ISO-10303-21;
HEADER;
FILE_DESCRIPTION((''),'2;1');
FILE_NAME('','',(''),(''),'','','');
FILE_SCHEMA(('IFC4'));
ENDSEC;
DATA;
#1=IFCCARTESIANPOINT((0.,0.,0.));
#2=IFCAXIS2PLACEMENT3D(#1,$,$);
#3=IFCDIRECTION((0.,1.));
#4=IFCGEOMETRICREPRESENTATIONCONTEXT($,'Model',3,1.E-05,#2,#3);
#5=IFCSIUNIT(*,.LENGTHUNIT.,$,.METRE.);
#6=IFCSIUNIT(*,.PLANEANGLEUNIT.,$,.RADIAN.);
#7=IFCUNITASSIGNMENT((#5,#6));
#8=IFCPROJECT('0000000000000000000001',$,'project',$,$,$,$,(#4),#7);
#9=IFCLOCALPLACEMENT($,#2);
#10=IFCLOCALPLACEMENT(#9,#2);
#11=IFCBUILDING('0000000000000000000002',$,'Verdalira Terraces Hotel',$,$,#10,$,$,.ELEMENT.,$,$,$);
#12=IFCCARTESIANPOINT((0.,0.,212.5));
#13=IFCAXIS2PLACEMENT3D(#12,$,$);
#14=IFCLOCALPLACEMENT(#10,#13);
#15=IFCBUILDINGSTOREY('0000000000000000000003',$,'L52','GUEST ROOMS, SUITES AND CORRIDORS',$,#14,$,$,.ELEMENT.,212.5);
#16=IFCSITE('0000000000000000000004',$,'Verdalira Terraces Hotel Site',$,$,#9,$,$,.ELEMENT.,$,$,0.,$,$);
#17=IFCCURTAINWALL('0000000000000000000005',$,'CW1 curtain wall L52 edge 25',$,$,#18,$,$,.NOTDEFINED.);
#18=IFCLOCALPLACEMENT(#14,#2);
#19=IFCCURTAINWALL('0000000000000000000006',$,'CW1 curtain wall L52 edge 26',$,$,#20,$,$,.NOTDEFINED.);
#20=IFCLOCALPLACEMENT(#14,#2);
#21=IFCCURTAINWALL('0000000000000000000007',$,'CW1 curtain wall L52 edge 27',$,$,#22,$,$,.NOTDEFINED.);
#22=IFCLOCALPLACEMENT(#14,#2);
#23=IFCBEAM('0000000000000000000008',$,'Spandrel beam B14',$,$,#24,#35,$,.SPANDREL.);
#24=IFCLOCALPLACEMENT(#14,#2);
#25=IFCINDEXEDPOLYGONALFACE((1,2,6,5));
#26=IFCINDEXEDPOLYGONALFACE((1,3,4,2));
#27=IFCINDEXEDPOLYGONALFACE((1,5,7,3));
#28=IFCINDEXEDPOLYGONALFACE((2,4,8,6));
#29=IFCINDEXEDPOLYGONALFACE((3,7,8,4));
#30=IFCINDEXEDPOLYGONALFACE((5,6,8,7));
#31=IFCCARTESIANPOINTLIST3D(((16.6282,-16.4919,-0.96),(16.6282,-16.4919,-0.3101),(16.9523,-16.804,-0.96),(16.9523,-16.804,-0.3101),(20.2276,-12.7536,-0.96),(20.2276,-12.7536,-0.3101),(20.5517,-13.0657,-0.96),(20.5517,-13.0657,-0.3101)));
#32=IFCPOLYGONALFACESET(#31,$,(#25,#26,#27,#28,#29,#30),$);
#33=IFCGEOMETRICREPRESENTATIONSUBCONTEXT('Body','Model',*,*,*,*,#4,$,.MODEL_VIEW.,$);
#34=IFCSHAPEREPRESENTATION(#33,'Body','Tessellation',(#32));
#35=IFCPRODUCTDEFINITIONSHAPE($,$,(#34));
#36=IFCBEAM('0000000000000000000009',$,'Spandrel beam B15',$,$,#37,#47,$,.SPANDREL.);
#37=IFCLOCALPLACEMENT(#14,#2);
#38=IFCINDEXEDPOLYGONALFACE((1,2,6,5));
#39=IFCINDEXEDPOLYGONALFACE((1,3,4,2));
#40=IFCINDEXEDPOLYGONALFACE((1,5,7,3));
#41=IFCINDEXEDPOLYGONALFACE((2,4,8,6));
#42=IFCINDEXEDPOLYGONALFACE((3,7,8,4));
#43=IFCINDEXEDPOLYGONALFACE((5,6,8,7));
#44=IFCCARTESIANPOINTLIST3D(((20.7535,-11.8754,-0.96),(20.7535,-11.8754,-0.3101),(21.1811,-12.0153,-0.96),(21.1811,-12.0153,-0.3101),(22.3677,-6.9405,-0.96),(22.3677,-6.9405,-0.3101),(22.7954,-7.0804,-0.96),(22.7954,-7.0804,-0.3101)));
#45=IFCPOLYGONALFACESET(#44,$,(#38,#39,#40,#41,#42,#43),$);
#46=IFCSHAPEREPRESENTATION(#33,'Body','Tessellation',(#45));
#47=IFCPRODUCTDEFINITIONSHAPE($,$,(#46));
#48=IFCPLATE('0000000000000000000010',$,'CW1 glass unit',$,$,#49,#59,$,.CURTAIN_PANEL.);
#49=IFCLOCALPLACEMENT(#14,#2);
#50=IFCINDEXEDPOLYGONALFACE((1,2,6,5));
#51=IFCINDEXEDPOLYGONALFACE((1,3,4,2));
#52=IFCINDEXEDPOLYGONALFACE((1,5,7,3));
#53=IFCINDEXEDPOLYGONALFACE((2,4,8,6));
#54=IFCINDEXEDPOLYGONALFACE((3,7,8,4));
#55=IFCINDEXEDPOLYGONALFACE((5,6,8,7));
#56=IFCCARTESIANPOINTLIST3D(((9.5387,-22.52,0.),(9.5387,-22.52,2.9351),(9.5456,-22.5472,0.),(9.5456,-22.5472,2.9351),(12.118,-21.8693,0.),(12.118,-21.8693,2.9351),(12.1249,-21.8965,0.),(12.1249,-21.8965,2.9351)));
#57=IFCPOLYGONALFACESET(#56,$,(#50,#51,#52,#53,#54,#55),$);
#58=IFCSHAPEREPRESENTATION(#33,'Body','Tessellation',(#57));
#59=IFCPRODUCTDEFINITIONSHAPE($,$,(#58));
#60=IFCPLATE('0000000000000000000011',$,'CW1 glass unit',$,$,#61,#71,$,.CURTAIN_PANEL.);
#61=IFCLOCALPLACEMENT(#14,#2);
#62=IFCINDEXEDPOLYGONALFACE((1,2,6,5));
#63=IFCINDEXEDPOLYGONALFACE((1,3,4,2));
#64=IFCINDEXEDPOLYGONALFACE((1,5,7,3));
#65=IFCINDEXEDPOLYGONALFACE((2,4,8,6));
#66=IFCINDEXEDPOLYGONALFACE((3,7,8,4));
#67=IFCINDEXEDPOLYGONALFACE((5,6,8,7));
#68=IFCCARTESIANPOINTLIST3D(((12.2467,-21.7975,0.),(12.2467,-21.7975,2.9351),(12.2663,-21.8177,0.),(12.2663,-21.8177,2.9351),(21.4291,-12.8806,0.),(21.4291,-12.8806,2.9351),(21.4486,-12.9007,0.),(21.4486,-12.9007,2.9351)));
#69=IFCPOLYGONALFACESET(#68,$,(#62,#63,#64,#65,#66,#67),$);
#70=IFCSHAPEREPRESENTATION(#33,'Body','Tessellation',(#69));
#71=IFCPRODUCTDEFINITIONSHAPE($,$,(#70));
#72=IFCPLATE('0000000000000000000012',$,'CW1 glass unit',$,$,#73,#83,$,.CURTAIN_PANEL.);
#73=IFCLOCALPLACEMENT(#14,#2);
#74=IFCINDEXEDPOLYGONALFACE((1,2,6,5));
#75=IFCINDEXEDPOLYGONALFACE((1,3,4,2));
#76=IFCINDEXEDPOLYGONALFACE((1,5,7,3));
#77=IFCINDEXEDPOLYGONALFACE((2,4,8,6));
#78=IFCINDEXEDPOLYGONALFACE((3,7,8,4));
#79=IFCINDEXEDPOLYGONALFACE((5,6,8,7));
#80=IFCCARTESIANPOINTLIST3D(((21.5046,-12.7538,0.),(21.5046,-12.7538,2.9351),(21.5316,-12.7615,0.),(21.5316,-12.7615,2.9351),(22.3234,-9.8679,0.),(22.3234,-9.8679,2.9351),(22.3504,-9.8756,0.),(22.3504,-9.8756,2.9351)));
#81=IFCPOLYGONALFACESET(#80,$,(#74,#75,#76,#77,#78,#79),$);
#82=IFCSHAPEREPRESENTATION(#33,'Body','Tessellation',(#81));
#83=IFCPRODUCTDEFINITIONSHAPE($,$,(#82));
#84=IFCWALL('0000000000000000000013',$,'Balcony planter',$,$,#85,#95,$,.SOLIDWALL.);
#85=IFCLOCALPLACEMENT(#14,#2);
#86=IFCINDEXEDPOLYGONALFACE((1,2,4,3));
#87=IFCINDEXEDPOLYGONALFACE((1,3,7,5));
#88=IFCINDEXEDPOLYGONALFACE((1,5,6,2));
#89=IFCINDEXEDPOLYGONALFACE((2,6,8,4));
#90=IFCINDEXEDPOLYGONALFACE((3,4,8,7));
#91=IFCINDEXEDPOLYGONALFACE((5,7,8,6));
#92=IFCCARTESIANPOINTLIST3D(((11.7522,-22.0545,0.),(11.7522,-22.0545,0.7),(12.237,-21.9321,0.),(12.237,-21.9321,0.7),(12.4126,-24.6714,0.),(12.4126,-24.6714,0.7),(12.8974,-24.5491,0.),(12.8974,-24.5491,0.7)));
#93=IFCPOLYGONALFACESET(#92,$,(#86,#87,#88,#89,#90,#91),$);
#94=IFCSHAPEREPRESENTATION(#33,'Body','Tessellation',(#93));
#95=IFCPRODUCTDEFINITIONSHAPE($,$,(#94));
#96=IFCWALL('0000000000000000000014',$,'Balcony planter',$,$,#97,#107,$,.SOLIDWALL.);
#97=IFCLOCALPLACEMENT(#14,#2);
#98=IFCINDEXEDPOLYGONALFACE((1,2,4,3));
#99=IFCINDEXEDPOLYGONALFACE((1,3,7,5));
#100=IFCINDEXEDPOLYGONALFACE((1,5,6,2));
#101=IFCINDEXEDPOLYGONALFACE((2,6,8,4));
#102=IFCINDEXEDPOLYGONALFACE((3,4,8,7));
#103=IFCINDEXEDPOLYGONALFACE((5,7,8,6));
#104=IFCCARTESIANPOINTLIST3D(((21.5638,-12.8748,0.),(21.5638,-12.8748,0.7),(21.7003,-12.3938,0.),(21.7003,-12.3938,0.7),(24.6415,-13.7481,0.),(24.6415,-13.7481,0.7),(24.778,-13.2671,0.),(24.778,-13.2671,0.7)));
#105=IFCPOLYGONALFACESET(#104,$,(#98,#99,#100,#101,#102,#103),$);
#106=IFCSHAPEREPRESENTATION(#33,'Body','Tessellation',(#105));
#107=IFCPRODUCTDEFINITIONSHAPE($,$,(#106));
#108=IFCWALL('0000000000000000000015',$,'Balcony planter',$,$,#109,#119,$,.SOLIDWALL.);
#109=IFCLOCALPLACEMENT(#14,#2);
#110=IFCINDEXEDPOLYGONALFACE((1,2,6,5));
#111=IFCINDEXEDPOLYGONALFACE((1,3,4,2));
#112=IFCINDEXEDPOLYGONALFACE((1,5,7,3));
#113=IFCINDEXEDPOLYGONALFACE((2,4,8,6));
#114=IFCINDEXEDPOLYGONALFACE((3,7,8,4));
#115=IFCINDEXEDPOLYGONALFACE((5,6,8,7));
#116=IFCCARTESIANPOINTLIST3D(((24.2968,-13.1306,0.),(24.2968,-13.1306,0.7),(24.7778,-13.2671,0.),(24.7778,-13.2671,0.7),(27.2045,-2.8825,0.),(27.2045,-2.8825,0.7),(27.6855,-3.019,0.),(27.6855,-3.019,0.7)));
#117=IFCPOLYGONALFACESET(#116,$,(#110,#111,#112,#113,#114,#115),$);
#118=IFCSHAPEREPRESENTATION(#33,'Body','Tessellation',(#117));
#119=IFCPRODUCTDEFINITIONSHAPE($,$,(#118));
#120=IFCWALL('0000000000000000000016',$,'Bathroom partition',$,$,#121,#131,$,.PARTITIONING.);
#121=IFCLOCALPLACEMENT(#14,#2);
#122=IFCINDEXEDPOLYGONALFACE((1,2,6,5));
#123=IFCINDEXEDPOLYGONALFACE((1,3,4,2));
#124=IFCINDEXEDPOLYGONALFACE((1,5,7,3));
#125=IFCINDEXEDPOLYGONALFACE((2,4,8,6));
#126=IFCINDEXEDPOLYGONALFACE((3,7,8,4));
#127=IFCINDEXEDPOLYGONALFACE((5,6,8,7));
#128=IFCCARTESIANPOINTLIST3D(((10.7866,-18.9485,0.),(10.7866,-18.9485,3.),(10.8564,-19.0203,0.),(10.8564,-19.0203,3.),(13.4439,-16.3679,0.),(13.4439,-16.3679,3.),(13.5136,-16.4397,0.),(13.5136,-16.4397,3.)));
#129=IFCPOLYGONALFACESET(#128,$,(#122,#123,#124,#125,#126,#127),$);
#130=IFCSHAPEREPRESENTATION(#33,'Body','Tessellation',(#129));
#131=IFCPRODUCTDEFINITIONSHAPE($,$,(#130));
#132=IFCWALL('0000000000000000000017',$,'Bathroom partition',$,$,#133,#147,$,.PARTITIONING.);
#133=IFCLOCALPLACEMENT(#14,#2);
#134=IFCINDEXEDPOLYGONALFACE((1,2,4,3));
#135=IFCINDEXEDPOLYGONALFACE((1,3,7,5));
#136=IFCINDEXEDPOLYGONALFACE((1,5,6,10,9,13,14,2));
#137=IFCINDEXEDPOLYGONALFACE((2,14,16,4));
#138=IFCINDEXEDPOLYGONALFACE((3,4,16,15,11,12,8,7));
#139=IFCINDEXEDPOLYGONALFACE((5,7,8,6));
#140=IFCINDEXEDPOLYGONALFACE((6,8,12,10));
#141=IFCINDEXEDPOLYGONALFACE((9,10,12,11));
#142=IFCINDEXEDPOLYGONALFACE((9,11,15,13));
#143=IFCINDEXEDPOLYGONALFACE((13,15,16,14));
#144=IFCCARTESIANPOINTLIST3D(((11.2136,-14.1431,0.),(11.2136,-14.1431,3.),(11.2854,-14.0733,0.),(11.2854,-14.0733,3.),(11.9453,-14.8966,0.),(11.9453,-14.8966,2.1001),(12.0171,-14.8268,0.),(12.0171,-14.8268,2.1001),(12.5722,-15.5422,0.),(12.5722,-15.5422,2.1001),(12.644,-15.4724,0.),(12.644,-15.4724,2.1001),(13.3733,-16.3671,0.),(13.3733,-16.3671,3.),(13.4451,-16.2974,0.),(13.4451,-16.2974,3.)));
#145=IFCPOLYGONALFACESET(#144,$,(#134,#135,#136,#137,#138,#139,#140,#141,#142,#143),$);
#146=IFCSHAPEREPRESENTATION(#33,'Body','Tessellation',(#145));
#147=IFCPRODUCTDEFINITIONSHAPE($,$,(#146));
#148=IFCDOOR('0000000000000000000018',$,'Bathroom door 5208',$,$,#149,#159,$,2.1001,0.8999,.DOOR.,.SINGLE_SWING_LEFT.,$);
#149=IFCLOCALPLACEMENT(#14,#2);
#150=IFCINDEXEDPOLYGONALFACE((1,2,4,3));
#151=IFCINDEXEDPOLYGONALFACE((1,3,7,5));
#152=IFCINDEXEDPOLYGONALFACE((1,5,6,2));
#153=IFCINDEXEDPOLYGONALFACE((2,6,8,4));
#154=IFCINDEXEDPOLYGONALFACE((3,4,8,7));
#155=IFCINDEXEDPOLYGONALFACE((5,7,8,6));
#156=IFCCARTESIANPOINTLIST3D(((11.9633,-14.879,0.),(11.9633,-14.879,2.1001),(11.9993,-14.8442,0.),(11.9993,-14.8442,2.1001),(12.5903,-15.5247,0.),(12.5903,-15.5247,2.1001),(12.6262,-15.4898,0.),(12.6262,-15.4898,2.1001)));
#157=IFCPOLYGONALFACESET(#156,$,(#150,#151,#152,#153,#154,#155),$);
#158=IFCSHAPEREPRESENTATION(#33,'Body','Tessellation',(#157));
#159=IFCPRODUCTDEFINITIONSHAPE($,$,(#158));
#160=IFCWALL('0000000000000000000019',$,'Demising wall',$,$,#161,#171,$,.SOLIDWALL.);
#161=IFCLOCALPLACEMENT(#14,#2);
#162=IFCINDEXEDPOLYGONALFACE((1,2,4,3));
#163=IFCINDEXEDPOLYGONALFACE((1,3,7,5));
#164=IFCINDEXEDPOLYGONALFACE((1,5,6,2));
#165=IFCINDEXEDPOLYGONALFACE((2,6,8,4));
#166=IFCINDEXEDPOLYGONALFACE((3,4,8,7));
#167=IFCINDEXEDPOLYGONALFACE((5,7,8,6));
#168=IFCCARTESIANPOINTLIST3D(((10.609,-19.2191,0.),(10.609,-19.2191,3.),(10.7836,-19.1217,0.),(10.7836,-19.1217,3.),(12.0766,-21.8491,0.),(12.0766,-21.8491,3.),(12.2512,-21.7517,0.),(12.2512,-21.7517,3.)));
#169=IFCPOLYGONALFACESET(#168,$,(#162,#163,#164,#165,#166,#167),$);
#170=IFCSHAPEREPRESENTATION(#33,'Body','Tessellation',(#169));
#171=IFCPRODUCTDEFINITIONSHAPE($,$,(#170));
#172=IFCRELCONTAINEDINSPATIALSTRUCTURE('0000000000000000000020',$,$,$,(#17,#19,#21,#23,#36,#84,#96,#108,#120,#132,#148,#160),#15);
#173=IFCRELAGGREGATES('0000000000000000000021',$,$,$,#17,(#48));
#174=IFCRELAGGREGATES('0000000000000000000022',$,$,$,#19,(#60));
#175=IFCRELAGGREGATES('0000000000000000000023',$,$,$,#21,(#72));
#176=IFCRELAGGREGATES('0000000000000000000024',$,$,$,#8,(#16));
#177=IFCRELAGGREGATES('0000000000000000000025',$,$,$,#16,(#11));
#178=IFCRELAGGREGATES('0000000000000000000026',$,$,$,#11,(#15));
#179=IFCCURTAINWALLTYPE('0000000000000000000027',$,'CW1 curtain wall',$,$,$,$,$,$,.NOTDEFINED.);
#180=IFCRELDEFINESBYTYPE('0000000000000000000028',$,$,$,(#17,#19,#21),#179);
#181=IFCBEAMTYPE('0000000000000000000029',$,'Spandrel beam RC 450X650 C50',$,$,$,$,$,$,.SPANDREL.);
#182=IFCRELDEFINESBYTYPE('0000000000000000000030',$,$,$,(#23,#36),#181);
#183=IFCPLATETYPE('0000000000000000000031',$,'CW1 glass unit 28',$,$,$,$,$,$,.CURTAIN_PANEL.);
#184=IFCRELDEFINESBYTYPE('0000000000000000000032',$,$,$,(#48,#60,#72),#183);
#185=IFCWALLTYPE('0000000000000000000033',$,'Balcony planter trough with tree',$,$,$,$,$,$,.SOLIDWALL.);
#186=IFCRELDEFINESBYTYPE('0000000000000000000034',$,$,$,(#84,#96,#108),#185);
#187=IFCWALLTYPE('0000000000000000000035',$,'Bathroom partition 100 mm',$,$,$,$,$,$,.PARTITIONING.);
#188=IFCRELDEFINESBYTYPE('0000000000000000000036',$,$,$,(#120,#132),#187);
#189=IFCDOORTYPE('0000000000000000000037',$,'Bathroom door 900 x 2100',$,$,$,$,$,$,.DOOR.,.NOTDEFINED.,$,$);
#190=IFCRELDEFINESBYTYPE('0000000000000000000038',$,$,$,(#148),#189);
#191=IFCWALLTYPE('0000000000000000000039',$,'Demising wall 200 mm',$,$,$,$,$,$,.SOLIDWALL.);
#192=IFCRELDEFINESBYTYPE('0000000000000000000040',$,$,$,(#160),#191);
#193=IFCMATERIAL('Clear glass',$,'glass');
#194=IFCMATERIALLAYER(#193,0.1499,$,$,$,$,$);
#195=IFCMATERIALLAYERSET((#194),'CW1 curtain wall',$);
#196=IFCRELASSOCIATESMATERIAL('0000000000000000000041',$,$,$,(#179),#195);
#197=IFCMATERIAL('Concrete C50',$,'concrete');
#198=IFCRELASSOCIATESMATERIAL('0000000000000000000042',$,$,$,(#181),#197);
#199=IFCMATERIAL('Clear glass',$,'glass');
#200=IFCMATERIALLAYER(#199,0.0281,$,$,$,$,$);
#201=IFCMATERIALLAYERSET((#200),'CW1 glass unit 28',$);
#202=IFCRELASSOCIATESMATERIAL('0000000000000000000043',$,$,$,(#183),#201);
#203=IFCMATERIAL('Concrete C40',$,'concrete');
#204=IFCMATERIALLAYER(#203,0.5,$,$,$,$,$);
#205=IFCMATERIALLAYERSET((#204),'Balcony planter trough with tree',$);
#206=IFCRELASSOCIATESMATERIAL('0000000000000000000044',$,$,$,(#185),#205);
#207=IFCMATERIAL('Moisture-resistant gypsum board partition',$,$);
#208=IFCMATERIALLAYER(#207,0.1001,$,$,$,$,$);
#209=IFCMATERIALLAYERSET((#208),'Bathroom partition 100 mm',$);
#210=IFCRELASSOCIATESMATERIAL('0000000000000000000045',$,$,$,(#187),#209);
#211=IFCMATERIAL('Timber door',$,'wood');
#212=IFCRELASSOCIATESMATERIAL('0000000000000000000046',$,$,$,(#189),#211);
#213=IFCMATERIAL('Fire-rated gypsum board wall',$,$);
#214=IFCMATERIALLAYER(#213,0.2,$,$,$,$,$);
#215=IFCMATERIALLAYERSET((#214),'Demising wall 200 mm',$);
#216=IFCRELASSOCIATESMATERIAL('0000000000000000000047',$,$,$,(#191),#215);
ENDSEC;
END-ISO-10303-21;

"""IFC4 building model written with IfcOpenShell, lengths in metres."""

from ifc_helpers import new_model, si_unit, direction, frame, frame_2d, origin, origin_2d, place, context, subcontext, project, spatial, rectangle, extrude, material, layer, layer_set, material_profile, profile_set, type_object, element, fill, aggregate, save


model = new_model("IFC4")

# Units and contexts
model_context = context("Model", 3, precision=1e-05, world=origin(), true_north=direction((0.0, 1.0)))
body_context = subcontext(model_context, "Body", "Model", "MODEL_VIEW")
ifc_project = project(units=[si_unit("LENGTHUNIT", "METRE"), si_unit("PLANEANGLEUNIT", "RADIAN")], contexts=[model_context])

# Site, building, storey
site_placement = place(None, origin())
site = spatial("IfcSite", under=ifc_project, at=site_placement, Name="Verdalira Terraces Hotel Site", CompositionType="ELEMENT", RefElevation=0.0)
building_placement = place(site_placement, origin())
building = spatial("IfcBuilding", under=site, at=building_placement, Name="Verdalira Terraces Hotel", CompositionType="ELEMENT")
storey_placement = place(building_placement, frame((0.0, 0.0, 212.5)))
storey = spatial("IfcBuildingStorey", under=building, at=storey_placement, Name="L52", Description="GUEST ROOMS, SUITES AND CORRIDORS", CompositionType="ELEMENT", Elevation=212.5)

# Curtain wall
ifc_material_1 = material(Name="Clear glass", Category="glass")
ifc_layer_1 = layer(ifc_material_1, 0.1499)
ifc_layer_set_1 = layer_set([ifc_layer_1], Name="CW1 curtain wall")
curtain_wall_type = type_object("IfcCurtainWallType", Name="CW1 curtain wall", PredefinedType="NOTDEFINED", material=ifc_layer_set_1)
curtain_wall_1_placement = place(storey_placement, origin())
curtain_wall_1 = element("IfcCurtainWall", 1, at=curtain_wall_1_placement, inside=storey, type_object=curtain_wall_type, Name="CW1 curtain wall L52 edge 25", PredefinedType="NOTDEFINED")

# Curtain wall
curtain_wall_2_placement = place(storey_placement, origin())
curtain_wall_2 = element("IfcCurtainWall", 2, at=curtain_wall_2_placement, inside=storey, type_object=curtain_wall_type, Name="CW1 curtain wall L52 edge 26", PredefinedType="NOTDEFINED")

# Curtain wall
curtain_wall_3_placement = place(storey_placement, origin())
curtain_wall_3 = element("IfcCurtainWall", 3, at=curtain_wall_3_placement, inside=storey, type_object=curtain_wall_type, Name="CW1 curtain wall L52 edge 27", PredefinedType="NOTDEFINED")

# Beams
ifc_material_2 = material(Name="Concrete C50", Category="concrete")
ifc_material_profile_1 = material_profile(ifc_material_2, rectangle(XDim=0.45, YDim=0.6499, at=origin_2d()), Name="RC 450X650")
ifc_profile_set_1 = profile_set([ifc_material_profile_1], Name="Concrete C50")
beam_type_1 = type_object("IfcBeamType", Name="Spandrel beam RC 450X650 C50", PredefinedType="SPANDREL", material=ifc_profile_set_1)
beam_1_placement = place(storey_placement, frame((16.7903, -16.6479, -0.635), z_axis=(0.693596, 0.720365, 0.0), x_axis=(-0.720365, 0.693596, 0.0)))
element("IfcBeam", 4, at=beam_1_placement, inside=storey, type_object=beam_type_1, Name="Spandrel beam B14", PredefinedType="SPANDREL", context=body_context, shape_type="SweptSolid", body=[
    extrude(rectangle(XDim=0.45, YDim=0.6499, at=origin_2d()), origin(), (0.0, 0.0, 1.0), 5.1895),
])
beam_2_placement = place(storey_placement, frame((20.9673, -11.9453, -0.635), z_axis=(0.310905, 0.950441, 0.0), x_axis=(-0.950441, 0.310905, 0.0)))
element("IfcBeam", 5, at=beam_2_placement, inside=storey, type_object=beam_type_1, Name="Spandrel beam B15", PredefinedType="SPANDREL", context=body_context, shape_type="SweptSolid", body=[
    extrude(rectangle(XDim=0.45, YDim=0.6499, at=origin_2d()), origin(), (0.0, 0.0, 1.0), 5.1921),
])

# Plates
ifc_material_3 = material(Name="Clear glass", Category="glass")
ifc_layer_2 = layer(ifc_material_3, 0.0281)
ifc_layer_set_2 = layer_set([ifc_layer_2], Name="CW1 glass unit 28")
plate_type = type_object("IfcPlateType", Name="CW1 glass unit 28", PredefinedType="CURTAIN_PANEL", material=ifc_layer_set_2)
plate_1_placement = place(storey_placement, frame((10.8318, -22.2083, 0.0), z_axis=(0.0, 0.0, 1.0), x_axis=(0.969616, 0.244631, 0.0)))
plate_1 = element("IfcPlate", 6, at=plate_1_placement, type_object=plate_type, Name="CW1 glass unit", PredefinedType="CURTAIN_PANEL", context=body_context, shape_type="SweptSolid", body=[
    extrude(rectangle(XDim=2.6602, YDim=0.0281, at=origin_2d()), origin(), (0.0, 0.0, 1.0), 2.9351),
])
aggregate(curtain_wall_1, [plate_1])
plate_2_placement = place(storey_placement, frame((16.8477, -17.3491, 0.0), z_axis=(0.0, 0.0, 1.0), x_axis=(0.717397, 0.696664, 0.0)))
plate_2 = element("IfcPlate", 7, at=plate_2_placement, type_object=plate_type, Name="CW1 glass unit", PredefinedType="CURTAIN_PANEL", context=body_context, shape_type="SweptSolid", body=[
    extrude(rectangle(XDim=12.7996, YDim=0.0281, at=origin_2d()), origin(), (0.0, 0.0, 1.0), 2.9351),
])
aggregate(curtain_wall_2, [plate_2])
plate_3_placement = place(storey_placement, frame((21.9275, -11.3147, 0.0), z_axis=(0.0, 0.0, 1.0), x_axis=(0.272952, 0.962028, 0.0)))
plate_3 = element("IfcPlate", 8, at=plate_3_placement, type_object=plate_type, Name="CW1 glass unit", PredefinedType="CURTAIN_PANEL", context=body_context, shape_type="SweptSolid", body=[
    extrude(rectangle(XDim=2.9998, YDim=0.0281, at=origin_2d()), origin(), (0.0, 0.0, 1.0), 2.9351),
])
aggregate(curtain_wall_3, [plate_3])

# Walls
ifc_material_4 = material(Name="Concrete C40", Category="concrete")
ifc_layer_3 = layer(ifc_material_4, 0.5)
ifc_layer_set_3 = layer_set([ifc_layer_3], Name="Balcony planter trough with tree")
wall_type_1 = type_object("IfcWallType", Name="Balcony planter trough with tree", PredefinedType="SOLIDWALL", material=ifc_layer_set_3)
wall_1_placement = place(storey_placement, frame((12.655, -24.6104, 0.0), z_axis=(0.0, 0.0, 1.0), x_axis=(-0.244685, 0.969603, 0.0)))
element("IfcWall", 9, at=wall_1_placement, inside=storey, type_object=wall_type_1, Name="Balcony planter", PredefinedType="SOLIDWALL", context=body_context, shape_type="SweptSolid", body=[
    extrude(rectangle(XDim=2.699, YDim=0.5, at=frame_2d((1.3496, 0.0))), origin(), (0.0, 0.0, 1.0), 0.7),
])
wall_2_placement = place(storey_placement, frame((21.6321, -12.6343, 0.0), z_axis=(0.0, 0.0, 1.0), x_axis=(0.962021, -0.272977, 0.0)))
element("IfcWall", 10, at=wall_2_placement, inside=storey, type_object=wall_type_1, Name="Balcony planter", PredefinedType="SOLIDWALL", context=body_context, shape_type="SweptSolid", body=[
    extrude(rectangle(XDim=3.1992, YDim=0.5, at=frame_2d((1.5996, 0.0))), origin(), (0.0, 0.0, 1.0), 0.7),
])
wall_3_placement = place(storey_placement, frame((24.5374, -13.1987, 0.0), z_axis=(0.0, 0.0, 1.0), x_axis=(0.272959, 0.962026, 0.0)))
element("IfcWall", 11, at=wall_3_placement, inside=storey, type_object=wall_type_1, Name="Balcony planter", PredefinedType="SOLIDWALL", context=body_context, shape_type="SweptSolid", body=[
    extrude(rectangle(XDim=10.6526, YDim=0.5, at=frame_2d((5.3262, 0.0))), origin(), (0.0, 0.0, 1.0), 0.7),
])
ifc_material_5 = material(Name="Moisture-resistant gypsum board partition")
ifc_layer_4 = layer(ifc_material_5, 0.1001)
ifc_layer_set_4 = layer_set([ifc_layer_4], Name="Bathroom partition 100 mm")
wall_type_2 = type_object("IfcWallType", Name="Bathroom partition 100 mm", PredefinedType="PARTITIONING", material=ifc_layer_set_4)
wall_4_placement = place(storey_placement, frame((13.4788, -16.4038, 0.0), z_axis=(0.0, 0.0, 1.0), x_axis=(-0.717379, -0.696683, 0.0)))
element("IfcWall", 12, at=wall_4_placement, inside=storey, type_object=wall_type_2, Name="Bathroom partition", PredefinedType="PARTITIONING", context=body_context, shape_type="SweptSolid", body=[
    extrude(rectangle(XDim=3.7041, YDim=0.1001, at=frame_2d((1.8521, 0.0))), origin(), (0.0, 0.0, 1.0), 3.0),
])

# Wall, opening, door
wall_5_placement = place(storey_placement, frame((13.4092, -16.3323, 0.0), z_axis=(0.0, 0.0, 1.0), x_axis=(-0.696635, 0.717426, 0.0)))
wall_5 = element("IfcWall", 13, at=wall_5_placement, inside=storey, type_object=wall_type_2, Name="Bathroom partition", PredefinedType="PARTITIONING", context=body_context, shape_type="SweptSolid", body=[
    extrude(rectangle(XDim=3.1001, YDim=0.1001, at=frame_2d((1.55, 0.0))), origin(), (0.0, 0.0, 1.0), 3.0),
])
opening_placement = place(wall_5_placement, frame((1.1499, 0.0, 0.0)))
opening = element("IfcOpeningElement", 14, at=opening_placement, cuts=wall_5, PredefinedType="OPENING", context=body_context, shape_type="SweptSolid", body=[
    extrude(rectangle(XDim=0.8999, YDim=2.1001, at=frame_2d((0.45, 1.05))), frame((0.0, 0.0601, 0.0), z_axis=(0.0, -1.0, 0.0), x_axis=(1.0, 0.0, 0.0)), (0.0, 0.0, 1.0), 0.1201),
])
ifc_material_6 = material(Name="Timber door", Category="wood")
door_type = type_object("IfcDoorType", Name="Bathroom door 900 x 2100", OperationType="NOTDEFINED", PredefinedType="DOOR", material=ifc_material_6)
door_placement = place(opening_placement, origin())
door = element("IfcDoor", 15, at=door_placement, inside=storey, type_object=door_type, Name="Bathroom door 5208", OperationType="SINGLE_SWING_LEFT", OverallHeight=2.1001, OverallWidth=0.8999, PredefinedType="DOOR", context=body_context, shape_type="SweptSolid", body=[
    extrude(rectangle(XDim=0.8999, YDim=2.1001, at=frame_2d((0.45, 1.05))), frame((0.0, 0.0249, 0.0), z_axis=(0.0, -1.0, 0.0), x_axis=(1.0, 0.0, 0.0)), (0.0, 0.0, 1.0), 0.05),
])
fill(opening, door)

# Wall
ifc_material_7 = material(Name="Fire-rated gypsum board wall")
ifc_layer_5 = layer(ifc_material_7, 0.2)
ifc_layer_set_5 = layer_set([ifc_layer_5], Name="Demising wall 200 mm")
wall_type_3 = type_object("IfcWallType", Name="Demising wall 200 mm", PredefinedType="SOLIDWALL", material=ifc_layer_set_5)
wall_6_placement = place(storey_placement, frame((10.6963, -19.1704, 0.0), z_axis=(0.0, 0.0, 1.0), x_axis=(0.487287, -0.873242, 0.0)))
element("IfcWall", 16, at=wall_6_placement, inside=storey, type_object=wall_type_3, Name="Demising wall", PredefinedType="SOLIDWALL", context=body_context, shape_type="SweptSolid", body=[
    extrude(rectangle(XDim=3.0117, YDim=0.2, at=frame_2d((1.5059, 0.0))), origin(), (0.0, 0.0, 1.0), 3.0),
])

save(model, "model.ifc")
